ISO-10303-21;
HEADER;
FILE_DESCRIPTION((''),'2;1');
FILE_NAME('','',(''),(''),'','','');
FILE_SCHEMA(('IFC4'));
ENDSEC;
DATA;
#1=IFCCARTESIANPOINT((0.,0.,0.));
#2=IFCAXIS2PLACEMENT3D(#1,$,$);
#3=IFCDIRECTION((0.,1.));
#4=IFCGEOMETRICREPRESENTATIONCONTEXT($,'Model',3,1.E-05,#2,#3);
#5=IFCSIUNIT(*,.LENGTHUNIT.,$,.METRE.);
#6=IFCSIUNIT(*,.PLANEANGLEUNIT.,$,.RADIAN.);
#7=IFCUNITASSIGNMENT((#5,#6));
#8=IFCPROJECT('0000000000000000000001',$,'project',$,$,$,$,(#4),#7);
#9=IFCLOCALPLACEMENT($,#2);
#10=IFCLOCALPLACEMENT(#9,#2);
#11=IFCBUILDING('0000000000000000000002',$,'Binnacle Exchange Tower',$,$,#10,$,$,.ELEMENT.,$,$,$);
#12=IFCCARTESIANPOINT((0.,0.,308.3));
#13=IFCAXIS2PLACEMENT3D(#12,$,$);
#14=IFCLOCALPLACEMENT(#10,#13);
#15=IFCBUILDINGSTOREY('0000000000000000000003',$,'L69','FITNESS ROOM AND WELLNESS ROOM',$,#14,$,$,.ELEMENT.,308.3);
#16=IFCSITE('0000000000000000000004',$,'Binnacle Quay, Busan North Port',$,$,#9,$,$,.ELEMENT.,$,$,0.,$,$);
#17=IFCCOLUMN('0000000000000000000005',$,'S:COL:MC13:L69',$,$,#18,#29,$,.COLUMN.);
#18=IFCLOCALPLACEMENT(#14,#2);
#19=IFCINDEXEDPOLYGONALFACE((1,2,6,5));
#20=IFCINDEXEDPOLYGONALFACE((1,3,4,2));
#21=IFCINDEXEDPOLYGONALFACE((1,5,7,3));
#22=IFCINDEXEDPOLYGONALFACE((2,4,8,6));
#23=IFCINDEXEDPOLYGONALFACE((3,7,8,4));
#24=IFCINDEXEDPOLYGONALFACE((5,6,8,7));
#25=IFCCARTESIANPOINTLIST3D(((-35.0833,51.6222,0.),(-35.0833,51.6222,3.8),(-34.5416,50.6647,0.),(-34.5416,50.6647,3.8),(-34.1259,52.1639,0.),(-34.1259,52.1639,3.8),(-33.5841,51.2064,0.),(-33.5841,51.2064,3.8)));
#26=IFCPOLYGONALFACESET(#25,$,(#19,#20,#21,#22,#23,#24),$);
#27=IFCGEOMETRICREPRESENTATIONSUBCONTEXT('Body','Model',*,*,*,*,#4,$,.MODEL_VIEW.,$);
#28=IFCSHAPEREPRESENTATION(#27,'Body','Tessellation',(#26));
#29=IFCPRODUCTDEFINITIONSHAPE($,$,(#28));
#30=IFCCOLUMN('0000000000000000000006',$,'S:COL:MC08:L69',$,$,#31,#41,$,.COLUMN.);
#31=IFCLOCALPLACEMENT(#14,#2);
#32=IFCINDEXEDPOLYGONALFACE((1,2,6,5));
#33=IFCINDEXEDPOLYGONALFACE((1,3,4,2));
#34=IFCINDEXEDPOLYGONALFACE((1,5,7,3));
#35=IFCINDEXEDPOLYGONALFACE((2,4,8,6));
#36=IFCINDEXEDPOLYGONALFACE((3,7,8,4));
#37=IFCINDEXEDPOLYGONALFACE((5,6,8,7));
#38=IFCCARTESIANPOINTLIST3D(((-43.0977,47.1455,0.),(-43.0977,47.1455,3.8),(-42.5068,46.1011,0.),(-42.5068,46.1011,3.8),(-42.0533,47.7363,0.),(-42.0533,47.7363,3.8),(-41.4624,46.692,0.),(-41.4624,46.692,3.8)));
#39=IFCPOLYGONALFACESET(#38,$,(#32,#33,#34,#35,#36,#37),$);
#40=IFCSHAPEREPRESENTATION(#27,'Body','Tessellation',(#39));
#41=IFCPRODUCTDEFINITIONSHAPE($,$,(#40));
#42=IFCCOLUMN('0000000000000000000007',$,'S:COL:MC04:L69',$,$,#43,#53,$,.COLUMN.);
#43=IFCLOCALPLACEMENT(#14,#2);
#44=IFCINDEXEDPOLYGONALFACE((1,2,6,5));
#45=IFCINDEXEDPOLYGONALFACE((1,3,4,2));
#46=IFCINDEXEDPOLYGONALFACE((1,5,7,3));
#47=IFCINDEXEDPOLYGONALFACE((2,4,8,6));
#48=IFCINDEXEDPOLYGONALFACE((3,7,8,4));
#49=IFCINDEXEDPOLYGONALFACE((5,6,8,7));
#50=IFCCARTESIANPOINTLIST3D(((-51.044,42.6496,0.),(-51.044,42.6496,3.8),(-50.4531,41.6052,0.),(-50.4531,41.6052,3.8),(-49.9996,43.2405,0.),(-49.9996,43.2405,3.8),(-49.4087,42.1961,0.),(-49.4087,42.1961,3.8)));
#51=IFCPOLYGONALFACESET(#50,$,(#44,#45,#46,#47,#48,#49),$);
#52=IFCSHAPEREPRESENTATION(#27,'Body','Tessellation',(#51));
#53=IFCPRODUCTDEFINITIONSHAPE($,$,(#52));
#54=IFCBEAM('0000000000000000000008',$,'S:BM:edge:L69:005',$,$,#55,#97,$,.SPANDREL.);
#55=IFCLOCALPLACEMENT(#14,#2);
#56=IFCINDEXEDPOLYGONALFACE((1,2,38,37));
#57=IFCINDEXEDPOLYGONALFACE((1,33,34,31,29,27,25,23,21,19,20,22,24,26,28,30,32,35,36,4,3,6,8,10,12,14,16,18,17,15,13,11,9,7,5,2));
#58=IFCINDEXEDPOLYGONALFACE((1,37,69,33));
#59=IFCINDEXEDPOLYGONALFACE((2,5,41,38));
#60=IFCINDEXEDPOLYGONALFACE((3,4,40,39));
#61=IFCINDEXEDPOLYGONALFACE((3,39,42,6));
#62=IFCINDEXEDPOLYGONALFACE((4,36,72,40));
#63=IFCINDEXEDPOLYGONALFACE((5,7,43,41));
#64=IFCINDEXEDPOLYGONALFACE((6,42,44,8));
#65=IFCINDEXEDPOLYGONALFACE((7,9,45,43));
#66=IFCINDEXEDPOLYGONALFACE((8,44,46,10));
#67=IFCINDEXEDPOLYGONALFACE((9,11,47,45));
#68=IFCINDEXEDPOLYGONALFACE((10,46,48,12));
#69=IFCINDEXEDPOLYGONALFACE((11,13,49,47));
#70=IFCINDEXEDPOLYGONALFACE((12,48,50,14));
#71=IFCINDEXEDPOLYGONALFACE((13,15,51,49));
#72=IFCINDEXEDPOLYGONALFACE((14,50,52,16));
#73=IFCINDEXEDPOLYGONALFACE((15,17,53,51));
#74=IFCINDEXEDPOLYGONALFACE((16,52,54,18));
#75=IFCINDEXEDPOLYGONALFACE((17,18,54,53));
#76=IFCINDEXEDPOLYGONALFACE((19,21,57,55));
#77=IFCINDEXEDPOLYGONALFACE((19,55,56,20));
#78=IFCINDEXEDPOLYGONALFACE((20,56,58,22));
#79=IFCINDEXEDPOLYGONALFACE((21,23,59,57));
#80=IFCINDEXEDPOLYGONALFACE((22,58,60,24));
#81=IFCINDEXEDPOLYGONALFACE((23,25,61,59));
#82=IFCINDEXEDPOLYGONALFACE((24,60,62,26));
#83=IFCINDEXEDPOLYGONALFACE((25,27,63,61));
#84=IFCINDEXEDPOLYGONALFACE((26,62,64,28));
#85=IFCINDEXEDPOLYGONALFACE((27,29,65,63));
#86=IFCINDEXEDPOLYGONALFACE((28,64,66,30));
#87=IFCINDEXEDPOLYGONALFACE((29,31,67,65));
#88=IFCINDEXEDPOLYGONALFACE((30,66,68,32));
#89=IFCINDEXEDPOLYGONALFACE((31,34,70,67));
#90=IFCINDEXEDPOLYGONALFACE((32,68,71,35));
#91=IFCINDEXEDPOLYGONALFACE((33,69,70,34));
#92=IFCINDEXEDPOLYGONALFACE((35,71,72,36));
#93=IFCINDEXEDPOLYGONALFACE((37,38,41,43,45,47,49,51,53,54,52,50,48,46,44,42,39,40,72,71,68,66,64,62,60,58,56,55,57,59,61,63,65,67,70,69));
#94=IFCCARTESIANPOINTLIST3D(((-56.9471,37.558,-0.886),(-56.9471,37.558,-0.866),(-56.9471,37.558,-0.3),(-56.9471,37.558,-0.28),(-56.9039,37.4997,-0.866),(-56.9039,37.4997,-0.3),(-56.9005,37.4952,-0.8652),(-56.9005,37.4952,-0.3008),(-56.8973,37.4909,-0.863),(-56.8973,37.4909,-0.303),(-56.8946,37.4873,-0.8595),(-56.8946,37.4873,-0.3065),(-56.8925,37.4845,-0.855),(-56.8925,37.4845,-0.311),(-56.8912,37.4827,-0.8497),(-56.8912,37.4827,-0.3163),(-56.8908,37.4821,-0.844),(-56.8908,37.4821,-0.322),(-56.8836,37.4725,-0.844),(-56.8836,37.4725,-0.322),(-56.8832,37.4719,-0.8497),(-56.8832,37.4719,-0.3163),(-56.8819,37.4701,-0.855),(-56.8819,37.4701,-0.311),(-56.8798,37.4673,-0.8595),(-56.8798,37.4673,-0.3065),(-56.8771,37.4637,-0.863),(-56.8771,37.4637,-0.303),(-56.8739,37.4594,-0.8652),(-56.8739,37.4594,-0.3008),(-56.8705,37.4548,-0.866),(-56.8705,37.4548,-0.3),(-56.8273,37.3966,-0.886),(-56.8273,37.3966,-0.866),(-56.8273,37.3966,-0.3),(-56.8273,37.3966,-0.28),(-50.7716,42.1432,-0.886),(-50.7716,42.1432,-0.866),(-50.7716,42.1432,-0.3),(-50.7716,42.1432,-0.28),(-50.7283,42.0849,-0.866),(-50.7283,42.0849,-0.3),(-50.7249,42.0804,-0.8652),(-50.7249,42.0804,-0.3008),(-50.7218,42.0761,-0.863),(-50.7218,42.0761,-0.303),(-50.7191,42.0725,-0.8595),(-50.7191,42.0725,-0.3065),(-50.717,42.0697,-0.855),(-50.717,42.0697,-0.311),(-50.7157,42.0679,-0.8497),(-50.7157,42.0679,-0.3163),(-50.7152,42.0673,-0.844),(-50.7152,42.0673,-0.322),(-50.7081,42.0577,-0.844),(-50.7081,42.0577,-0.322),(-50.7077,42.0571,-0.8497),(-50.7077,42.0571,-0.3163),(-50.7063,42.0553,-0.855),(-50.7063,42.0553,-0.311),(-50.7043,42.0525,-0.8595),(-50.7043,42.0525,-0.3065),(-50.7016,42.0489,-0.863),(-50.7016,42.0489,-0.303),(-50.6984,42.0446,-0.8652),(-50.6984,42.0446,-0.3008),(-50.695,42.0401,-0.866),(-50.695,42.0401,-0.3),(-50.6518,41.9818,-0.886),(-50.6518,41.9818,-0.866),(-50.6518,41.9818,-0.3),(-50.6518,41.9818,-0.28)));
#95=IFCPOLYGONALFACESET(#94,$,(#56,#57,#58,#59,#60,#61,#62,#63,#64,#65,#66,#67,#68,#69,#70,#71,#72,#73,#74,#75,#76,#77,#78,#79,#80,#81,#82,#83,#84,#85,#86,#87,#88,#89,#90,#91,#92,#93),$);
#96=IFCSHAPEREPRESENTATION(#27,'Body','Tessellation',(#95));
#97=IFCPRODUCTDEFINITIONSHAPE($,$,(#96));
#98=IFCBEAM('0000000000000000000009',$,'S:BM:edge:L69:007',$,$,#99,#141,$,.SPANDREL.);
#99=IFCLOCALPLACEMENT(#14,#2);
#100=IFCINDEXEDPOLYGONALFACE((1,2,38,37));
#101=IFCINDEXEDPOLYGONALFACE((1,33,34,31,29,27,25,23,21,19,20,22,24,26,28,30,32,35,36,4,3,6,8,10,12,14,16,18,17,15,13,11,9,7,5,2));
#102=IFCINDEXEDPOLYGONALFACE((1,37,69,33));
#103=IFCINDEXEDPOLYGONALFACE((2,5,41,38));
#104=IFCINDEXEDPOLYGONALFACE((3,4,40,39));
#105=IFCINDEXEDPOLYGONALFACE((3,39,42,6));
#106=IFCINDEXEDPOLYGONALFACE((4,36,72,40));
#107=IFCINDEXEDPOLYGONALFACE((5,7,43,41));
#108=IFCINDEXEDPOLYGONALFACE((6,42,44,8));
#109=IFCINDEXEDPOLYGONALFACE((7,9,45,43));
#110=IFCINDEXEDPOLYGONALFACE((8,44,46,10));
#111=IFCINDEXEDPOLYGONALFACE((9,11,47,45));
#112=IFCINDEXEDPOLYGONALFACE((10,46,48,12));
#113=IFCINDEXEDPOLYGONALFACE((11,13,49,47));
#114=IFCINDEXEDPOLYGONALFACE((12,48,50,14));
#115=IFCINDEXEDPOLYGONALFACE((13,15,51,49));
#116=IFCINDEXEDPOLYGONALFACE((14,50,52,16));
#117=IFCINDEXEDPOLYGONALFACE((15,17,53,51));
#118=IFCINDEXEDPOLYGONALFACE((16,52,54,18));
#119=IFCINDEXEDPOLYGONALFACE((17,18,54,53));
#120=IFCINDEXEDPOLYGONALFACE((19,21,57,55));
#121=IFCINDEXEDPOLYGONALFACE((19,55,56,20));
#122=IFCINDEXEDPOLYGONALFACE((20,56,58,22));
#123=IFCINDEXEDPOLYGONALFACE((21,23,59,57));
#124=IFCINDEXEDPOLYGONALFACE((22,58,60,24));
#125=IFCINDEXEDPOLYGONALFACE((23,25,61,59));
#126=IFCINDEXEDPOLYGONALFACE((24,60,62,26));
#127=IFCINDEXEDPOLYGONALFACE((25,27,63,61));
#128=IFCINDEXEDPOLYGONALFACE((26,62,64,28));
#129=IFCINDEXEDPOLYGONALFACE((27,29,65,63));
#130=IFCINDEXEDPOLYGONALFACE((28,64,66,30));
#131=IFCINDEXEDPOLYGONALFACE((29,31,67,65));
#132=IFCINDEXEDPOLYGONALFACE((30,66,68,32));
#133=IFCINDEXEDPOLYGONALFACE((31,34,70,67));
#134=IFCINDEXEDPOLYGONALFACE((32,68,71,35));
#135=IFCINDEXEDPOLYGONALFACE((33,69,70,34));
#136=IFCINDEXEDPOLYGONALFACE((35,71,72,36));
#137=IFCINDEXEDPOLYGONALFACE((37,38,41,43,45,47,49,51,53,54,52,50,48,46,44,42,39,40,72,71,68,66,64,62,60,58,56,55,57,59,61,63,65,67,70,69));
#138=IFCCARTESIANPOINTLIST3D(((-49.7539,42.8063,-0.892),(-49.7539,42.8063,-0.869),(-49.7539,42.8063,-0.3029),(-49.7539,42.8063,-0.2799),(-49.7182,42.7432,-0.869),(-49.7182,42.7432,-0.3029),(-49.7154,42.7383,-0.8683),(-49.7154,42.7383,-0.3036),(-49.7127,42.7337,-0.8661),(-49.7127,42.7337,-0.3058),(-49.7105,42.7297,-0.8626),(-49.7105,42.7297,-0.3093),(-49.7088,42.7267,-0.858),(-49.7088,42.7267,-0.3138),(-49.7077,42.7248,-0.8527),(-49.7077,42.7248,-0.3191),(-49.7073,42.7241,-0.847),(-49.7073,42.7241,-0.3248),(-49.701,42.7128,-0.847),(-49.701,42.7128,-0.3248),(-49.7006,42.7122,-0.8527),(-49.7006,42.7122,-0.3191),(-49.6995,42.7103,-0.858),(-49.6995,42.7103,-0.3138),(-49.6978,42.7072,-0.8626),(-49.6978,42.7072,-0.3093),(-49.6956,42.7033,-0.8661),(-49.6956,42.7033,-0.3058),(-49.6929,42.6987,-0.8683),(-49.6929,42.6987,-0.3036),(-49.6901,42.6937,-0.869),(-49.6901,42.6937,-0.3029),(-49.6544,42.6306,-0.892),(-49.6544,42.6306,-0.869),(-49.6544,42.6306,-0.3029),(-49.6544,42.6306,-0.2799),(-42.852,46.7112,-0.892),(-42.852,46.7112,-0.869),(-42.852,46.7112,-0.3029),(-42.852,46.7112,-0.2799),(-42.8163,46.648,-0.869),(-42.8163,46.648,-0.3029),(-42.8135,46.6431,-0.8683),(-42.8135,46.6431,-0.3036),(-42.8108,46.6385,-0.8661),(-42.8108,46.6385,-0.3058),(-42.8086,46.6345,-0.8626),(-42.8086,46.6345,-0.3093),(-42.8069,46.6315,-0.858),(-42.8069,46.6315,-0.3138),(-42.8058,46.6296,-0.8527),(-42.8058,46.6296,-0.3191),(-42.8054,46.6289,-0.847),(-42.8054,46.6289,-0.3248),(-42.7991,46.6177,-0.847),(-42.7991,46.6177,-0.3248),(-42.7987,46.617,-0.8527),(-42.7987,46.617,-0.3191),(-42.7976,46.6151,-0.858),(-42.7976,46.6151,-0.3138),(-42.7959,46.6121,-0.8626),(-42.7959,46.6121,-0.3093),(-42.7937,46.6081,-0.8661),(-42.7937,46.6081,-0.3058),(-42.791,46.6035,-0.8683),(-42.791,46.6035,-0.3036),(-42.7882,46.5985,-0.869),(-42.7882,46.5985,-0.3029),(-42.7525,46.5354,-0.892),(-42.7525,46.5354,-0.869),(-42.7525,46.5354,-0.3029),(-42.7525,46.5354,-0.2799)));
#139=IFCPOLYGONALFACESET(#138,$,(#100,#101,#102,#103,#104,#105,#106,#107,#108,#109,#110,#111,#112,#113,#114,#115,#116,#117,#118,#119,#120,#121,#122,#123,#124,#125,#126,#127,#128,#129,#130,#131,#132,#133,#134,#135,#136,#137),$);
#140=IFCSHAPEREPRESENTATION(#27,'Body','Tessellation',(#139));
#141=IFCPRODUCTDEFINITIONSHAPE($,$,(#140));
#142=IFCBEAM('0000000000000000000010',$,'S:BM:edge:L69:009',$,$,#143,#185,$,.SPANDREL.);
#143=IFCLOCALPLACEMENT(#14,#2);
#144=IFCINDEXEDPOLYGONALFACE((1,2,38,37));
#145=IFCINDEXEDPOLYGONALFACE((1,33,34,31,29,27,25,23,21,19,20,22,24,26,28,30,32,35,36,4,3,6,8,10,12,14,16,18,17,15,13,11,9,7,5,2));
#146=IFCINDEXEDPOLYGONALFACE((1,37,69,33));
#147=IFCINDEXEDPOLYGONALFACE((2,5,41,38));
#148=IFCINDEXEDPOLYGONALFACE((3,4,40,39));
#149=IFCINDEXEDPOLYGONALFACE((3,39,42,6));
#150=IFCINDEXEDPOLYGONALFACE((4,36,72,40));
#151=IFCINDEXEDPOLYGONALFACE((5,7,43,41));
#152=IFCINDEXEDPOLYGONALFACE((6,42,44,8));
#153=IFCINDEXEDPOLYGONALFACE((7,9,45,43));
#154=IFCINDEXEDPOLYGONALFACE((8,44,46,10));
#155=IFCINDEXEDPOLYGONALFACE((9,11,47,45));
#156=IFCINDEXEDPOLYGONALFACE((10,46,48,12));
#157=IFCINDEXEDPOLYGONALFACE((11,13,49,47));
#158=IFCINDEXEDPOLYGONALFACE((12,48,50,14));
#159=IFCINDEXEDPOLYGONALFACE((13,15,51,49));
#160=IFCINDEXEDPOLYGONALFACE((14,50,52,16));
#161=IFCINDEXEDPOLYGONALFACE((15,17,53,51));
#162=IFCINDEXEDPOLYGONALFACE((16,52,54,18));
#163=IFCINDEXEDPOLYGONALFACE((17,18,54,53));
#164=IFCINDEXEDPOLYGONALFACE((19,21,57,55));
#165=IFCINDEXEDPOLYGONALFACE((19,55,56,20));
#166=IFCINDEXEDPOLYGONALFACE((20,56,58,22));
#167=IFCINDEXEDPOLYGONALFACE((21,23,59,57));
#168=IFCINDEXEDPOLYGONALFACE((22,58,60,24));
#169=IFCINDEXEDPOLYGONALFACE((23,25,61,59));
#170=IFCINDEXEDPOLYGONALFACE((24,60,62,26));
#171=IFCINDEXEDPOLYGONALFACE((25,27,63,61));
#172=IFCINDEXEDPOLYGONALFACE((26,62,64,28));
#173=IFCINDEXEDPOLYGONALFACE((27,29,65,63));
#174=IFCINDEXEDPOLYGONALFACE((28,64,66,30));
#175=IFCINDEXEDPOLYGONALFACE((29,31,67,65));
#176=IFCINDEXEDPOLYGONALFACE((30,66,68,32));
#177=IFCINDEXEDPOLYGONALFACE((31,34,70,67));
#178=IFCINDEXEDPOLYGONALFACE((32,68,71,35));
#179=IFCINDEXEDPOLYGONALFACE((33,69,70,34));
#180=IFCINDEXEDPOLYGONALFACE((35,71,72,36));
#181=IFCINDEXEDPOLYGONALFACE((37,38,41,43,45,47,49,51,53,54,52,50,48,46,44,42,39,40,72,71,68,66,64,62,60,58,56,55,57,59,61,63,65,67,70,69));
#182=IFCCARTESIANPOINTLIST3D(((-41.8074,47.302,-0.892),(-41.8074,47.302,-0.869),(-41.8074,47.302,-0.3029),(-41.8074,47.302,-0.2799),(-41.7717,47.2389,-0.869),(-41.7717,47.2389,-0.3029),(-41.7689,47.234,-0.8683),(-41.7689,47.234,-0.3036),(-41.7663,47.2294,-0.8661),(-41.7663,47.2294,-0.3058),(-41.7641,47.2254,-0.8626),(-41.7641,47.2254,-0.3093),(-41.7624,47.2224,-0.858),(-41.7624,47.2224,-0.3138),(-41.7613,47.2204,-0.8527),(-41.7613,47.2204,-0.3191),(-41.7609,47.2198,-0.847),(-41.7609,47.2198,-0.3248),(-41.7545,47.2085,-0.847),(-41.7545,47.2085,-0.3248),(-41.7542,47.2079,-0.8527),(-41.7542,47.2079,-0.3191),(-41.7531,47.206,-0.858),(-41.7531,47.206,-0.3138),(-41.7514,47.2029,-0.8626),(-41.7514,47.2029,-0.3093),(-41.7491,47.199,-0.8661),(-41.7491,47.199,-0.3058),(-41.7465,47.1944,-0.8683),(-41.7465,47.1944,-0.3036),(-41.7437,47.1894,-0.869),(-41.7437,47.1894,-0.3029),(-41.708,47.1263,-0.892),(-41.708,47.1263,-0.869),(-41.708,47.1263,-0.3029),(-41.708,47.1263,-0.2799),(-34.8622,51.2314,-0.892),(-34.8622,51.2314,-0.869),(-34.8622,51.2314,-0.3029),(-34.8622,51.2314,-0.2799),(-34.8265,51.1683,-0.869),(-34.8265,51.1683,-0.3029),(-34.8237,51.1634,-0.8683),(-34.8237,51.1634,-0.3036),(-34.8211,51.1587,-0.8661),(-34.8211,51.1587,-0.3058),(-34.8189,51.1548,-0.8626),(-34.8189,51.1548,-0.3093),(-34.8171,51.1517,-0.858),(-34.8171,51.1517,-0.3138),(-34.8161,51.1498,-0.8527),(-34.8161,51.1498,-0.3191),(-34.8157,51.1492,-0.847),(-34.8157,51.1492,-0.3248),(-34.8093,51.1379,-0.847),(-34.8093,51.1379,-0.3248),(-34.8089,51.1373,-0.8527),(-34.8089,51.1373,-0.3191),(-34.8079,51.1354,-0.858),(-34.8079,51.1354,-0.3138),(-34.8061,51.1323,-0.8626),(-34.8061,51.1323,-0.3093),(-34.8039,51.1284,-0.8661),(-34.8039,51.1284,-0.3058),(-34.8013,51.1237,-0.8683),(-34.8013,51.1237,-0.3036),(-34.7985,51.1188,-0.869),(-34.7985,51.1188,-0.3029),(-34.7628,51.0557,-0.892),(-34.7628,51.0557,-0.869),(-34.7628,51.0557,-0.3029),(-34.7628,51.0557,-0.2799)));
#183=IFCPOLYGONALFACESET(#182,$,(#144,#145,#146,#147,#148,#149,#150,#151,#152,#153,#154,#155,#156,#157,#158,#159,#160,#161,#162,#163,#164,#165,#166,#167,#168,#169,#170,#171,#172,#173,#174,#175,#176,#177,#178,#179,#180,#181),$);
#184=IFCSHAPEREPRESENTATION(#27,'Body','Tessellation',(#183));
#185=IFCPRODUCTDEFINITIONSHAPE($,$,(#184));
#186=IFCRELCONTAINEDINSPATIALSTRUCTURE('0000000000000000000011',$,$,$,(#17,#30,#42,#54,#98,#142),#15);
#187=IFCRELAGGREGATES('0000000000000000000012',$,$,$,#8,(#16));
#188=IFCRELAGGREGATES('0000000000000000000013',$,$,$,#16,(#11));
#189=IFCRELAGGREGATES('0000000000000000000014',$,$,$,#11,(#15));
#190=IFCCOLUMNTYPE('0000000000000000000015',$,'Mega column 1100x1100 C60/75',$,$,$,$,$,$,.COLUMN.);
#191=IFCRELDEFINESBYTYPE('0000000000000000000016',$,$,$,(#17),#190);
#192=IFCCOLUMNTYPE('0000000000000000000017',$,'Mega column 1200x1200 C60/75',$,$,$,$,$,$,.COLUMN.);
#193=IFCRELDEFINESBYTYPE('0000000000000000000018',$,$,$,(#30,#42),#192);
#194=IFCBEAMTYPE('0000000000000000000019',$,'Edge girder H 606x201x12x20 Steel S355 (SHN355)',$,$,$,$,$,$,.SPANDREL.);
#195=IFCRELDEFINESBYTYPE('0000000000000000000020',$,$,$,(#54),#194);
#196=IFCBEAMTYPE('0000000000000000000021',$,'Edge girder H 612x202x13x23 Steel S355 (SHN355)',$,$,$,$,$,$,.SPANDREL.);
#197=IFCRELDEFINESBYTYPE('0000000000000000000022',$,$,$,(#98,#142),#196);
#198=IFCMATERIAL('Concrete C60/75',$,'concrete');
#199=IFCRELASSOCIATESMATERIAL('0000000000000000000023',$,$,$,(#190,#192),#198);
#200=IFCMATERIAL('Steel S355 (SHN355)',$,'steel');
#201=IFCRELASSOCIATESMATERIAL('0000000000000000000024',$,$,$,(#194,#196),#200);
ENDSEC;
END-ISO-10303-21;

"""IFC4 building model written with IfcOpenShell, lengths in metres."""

from ifc_helpers import new_model, si_unit, direction, frame, origin, origin_2d, place, context, subcontext, project, spatial, rectangle, i_section, extrude, material, material_profile, profile_set, type_object, element, save


model = new_model("IFC4")

# Units and contexts
model_context = context("Model", 3, precision=1e-05, world=origin(), true_north=direction((0.0, 1.0)))
body_context = subcontext(model_context, "Body", "Model", "MODEL_VIEW")
ifc_project = project(units=[si_unit("LENGTHUNIT", "METRE"), si_unit("PLANEANGLEUNIT", "RADIAN")], contexts=[model_context])

# Site, building, storey
site_placement = place(None, origin())
site = spatial("IfcSite", under=ifc_project, at=site_placement, Name="Binnacle Quay, Busan North Port", CompositionType="ELEMENT", RefElevation=0.0)
building_placement = place(site_placement, origin())
building = spatial("IfcBuilding", under=site, at=building_placement, Name="Binnacle Exchange Tower", CompositionType="ELEMENT")
storey_placement = place(building_placement, frame((0.0, 0.0, 308.3)))
storey = spatial("IfcBuildingStorey", under=building, at=storey_placement, Name="L69", Description="FITNESS ROOM AND WELLNESS ROOM", CompositionType="ELEMENT", Elevation=308.3)

# Columns
ifc_material_1 = material(Name="Concrete C60/75", Category="concrete")
ifc_material_profile_1 = material_profile(ifc_material_1, rectangle(XDim=1.1001, YDim=1.1001, at=origin_2d()), Name="Mega column 1100x1100 C60/75")
ifc_profile_set_1 = profile_set([ifc_material_profile_1], Name="Concrete C60/75")
column_type_1 = type_object("IfcColumnType", Name="Mega column 1100x1100 C60/75", PredefinedType="COLUMN", material=ifc_profile_set_1)
column_placement = place(storey_placement, frame((-34.3337, 51.4143, 0.0), z_axis=(0.0, 0.0, 1.0), x_axis=(-0.870356, -0.492424, 0.0)))
element("IfcColumn", 1, at=column_placement, inside=storey, type_object=column_type_1, Name="S:COL:MC13:L69", PredefinedType="COLUMN", context=body_context, shape_type="SweptSolid", body=[
    extrude(rectangle(XDim=1.1001, YDim=1.1001, at=origin_2d()), origin(), (0.0, 0.0, 1.0), 3.8),
])
ifc_material_profile_2 = material_profile(ifc_material_1, rectangle(XDim=1.2, YDim=1.2, at=origin_2d()), Name="Mega column 1200x1200 C60/75")
ifc_profile_set_2 = profile_set([ifc_material_profile_2], Name="Concrete C60/75")
column_type_2 = type_object("IfcColumnType", Name="Mega column 1200x1200 C60/75", PredefinedType="COLUMN", material=ifc_profile_set_2)
for number, where, z_axis, x_axis, name in (
    (2, (-42.28, 46.9187, 0.0), (0.0, 0.0, 1.0), (-0.870356, -0.492424, 0.0), "S:COL:MC08:L69"),
    (3, (-50.2263, 42.4229, 0.0), (0.0, 0.0, 1.0), (-0.870356, -0.492424, 0.0), "S:COL:MC04:L69"),
):
    element("IfcColumn", number, at=place(storey_placement, frame(where, z_axis=z_axis, x_axis=x_axis)), inside=storey, type_object=column_type_2, Name=name, PredefinedType="COLUMN", context=body_context, shape_type="SweptSolid", body=[
        extrude(rectangle(XDim=1.2, YDim=1.2, at=origin_2d()), origin(), (0.0, 0.0, 1.0), 3.8),
    ])

# Beams
ifc_material_2 = material(Name="Steel S355 (SHN355)", Category="steel")
ifc_material_profile_3 = material_profile(ifc_material_2, i_section(OverallWidth=0.2009, OverallDepth=0.606, WebThickness=0.012, FlangeThickness=0.02, FilletRadius=0.022, at=origin_2d()), Name="H 606x201x12x20")
ifc_profile_set_3 = profile_set([ifc_material_profile_3], Name="Steel S355 (SHN355)")
beam_type_1 = type_object("IfcBeamType", Name="Edge girder H 606x201x12x20 Steel S355 (SHN355)", PredefinedType="SPANDREL", material=ifc_profile_set_3)
beam_1_placement = place(storey_placement, frame((-50.7117, 42.0625, -0.583), z_axis=(-0.802889, -0.596128, 0.0), x_axis=(0.596128, -0.802889, 0.0)))
element("IfcBeam", 4, at=beam_1_placement, inside=storey, type_object=beam_type_1, Name="S:BM:edge:L69:005", PredefinedType="SPANDREL", context=body_context, shape_type="SweptSolid", body=[
    extrude(i_section(OverallWidth=0.2009, OverallDepth=0.606, WebThickness=0.012, FlangeThickness=0.02, FilletRadius=0.022, at=origin_2d()), origin(), (0.0, 0.0, 1.0), 7.6917),
])
ifc_material_profile_4 = material_profile(ifc_material_2, i_section(OverallWidth=0.2019, OverallDepth=0.6121, WebThickness=0.0129, FlangeThickness=0.0229, FilletRadius=0.022, at=origin_2d()), Name="H 612x202x13x23")
ifc_profile_set_4 = profile_set([ifc_material_profile_4], Name="Steel S355 (SHN355)")
beam_type_2 = type_object("IfcBeamType", Name="Edge girder H 612x202x13x23 Steel S355 (SHN355)", PredefinedType="SPANDREL", material=ifc_profile_set_4)
beam_2_placement = place(storey_placement, frame((-42.8022, 46.6233, -0.5859), z_axis=(-0.870361, -0.492414, 0.0), x_axis=(0.492414, -0.870361, 0.0)))
element("IfcBeam", 5, at=beam_2_placement, inside=storey, type_object=beam_type_2, Name="S:BM:edge:L69:007", PredefinedType="SPANDREL", context=body_context, shape_type="SweptSolid", body=[
    extrude(i_section(OverallWidth=0.2019, OverallDepth=0.6121, WebThickness=0.0129, FlangeThickness=0.0229, FilletRadius=0.022, at=origin_2d()), origin(), (0.0, 0.0, 1.0), 7.9299),
])
beam_3_placement = place(storey_placement, frame((-34.8125, 51.1436, -0.5859), z_axis=(-0.870357, -0.492421, 0.0), x_axis=(0.492421, -0.870357, 0.0)))
element("IfcBeam", 6, at=beam_3_placement, inside=storey, type_object=beam_type_2, Name="S:BM:edge:L69:009", PredefinedType="SPANDREL", context=body_context, shape_type="SweptSolid", body=[
    extrude(i_section(OverallWidth=0.2019, OverallDepth=0.6121, WebThickness=0.0129, FlangeThickness=0.0229, FilletRadius=0.022, at=origin_2d()), origin(), (0.0, 0.0, 1.0), 7.9797),
])

save(model, "model.ifc")
